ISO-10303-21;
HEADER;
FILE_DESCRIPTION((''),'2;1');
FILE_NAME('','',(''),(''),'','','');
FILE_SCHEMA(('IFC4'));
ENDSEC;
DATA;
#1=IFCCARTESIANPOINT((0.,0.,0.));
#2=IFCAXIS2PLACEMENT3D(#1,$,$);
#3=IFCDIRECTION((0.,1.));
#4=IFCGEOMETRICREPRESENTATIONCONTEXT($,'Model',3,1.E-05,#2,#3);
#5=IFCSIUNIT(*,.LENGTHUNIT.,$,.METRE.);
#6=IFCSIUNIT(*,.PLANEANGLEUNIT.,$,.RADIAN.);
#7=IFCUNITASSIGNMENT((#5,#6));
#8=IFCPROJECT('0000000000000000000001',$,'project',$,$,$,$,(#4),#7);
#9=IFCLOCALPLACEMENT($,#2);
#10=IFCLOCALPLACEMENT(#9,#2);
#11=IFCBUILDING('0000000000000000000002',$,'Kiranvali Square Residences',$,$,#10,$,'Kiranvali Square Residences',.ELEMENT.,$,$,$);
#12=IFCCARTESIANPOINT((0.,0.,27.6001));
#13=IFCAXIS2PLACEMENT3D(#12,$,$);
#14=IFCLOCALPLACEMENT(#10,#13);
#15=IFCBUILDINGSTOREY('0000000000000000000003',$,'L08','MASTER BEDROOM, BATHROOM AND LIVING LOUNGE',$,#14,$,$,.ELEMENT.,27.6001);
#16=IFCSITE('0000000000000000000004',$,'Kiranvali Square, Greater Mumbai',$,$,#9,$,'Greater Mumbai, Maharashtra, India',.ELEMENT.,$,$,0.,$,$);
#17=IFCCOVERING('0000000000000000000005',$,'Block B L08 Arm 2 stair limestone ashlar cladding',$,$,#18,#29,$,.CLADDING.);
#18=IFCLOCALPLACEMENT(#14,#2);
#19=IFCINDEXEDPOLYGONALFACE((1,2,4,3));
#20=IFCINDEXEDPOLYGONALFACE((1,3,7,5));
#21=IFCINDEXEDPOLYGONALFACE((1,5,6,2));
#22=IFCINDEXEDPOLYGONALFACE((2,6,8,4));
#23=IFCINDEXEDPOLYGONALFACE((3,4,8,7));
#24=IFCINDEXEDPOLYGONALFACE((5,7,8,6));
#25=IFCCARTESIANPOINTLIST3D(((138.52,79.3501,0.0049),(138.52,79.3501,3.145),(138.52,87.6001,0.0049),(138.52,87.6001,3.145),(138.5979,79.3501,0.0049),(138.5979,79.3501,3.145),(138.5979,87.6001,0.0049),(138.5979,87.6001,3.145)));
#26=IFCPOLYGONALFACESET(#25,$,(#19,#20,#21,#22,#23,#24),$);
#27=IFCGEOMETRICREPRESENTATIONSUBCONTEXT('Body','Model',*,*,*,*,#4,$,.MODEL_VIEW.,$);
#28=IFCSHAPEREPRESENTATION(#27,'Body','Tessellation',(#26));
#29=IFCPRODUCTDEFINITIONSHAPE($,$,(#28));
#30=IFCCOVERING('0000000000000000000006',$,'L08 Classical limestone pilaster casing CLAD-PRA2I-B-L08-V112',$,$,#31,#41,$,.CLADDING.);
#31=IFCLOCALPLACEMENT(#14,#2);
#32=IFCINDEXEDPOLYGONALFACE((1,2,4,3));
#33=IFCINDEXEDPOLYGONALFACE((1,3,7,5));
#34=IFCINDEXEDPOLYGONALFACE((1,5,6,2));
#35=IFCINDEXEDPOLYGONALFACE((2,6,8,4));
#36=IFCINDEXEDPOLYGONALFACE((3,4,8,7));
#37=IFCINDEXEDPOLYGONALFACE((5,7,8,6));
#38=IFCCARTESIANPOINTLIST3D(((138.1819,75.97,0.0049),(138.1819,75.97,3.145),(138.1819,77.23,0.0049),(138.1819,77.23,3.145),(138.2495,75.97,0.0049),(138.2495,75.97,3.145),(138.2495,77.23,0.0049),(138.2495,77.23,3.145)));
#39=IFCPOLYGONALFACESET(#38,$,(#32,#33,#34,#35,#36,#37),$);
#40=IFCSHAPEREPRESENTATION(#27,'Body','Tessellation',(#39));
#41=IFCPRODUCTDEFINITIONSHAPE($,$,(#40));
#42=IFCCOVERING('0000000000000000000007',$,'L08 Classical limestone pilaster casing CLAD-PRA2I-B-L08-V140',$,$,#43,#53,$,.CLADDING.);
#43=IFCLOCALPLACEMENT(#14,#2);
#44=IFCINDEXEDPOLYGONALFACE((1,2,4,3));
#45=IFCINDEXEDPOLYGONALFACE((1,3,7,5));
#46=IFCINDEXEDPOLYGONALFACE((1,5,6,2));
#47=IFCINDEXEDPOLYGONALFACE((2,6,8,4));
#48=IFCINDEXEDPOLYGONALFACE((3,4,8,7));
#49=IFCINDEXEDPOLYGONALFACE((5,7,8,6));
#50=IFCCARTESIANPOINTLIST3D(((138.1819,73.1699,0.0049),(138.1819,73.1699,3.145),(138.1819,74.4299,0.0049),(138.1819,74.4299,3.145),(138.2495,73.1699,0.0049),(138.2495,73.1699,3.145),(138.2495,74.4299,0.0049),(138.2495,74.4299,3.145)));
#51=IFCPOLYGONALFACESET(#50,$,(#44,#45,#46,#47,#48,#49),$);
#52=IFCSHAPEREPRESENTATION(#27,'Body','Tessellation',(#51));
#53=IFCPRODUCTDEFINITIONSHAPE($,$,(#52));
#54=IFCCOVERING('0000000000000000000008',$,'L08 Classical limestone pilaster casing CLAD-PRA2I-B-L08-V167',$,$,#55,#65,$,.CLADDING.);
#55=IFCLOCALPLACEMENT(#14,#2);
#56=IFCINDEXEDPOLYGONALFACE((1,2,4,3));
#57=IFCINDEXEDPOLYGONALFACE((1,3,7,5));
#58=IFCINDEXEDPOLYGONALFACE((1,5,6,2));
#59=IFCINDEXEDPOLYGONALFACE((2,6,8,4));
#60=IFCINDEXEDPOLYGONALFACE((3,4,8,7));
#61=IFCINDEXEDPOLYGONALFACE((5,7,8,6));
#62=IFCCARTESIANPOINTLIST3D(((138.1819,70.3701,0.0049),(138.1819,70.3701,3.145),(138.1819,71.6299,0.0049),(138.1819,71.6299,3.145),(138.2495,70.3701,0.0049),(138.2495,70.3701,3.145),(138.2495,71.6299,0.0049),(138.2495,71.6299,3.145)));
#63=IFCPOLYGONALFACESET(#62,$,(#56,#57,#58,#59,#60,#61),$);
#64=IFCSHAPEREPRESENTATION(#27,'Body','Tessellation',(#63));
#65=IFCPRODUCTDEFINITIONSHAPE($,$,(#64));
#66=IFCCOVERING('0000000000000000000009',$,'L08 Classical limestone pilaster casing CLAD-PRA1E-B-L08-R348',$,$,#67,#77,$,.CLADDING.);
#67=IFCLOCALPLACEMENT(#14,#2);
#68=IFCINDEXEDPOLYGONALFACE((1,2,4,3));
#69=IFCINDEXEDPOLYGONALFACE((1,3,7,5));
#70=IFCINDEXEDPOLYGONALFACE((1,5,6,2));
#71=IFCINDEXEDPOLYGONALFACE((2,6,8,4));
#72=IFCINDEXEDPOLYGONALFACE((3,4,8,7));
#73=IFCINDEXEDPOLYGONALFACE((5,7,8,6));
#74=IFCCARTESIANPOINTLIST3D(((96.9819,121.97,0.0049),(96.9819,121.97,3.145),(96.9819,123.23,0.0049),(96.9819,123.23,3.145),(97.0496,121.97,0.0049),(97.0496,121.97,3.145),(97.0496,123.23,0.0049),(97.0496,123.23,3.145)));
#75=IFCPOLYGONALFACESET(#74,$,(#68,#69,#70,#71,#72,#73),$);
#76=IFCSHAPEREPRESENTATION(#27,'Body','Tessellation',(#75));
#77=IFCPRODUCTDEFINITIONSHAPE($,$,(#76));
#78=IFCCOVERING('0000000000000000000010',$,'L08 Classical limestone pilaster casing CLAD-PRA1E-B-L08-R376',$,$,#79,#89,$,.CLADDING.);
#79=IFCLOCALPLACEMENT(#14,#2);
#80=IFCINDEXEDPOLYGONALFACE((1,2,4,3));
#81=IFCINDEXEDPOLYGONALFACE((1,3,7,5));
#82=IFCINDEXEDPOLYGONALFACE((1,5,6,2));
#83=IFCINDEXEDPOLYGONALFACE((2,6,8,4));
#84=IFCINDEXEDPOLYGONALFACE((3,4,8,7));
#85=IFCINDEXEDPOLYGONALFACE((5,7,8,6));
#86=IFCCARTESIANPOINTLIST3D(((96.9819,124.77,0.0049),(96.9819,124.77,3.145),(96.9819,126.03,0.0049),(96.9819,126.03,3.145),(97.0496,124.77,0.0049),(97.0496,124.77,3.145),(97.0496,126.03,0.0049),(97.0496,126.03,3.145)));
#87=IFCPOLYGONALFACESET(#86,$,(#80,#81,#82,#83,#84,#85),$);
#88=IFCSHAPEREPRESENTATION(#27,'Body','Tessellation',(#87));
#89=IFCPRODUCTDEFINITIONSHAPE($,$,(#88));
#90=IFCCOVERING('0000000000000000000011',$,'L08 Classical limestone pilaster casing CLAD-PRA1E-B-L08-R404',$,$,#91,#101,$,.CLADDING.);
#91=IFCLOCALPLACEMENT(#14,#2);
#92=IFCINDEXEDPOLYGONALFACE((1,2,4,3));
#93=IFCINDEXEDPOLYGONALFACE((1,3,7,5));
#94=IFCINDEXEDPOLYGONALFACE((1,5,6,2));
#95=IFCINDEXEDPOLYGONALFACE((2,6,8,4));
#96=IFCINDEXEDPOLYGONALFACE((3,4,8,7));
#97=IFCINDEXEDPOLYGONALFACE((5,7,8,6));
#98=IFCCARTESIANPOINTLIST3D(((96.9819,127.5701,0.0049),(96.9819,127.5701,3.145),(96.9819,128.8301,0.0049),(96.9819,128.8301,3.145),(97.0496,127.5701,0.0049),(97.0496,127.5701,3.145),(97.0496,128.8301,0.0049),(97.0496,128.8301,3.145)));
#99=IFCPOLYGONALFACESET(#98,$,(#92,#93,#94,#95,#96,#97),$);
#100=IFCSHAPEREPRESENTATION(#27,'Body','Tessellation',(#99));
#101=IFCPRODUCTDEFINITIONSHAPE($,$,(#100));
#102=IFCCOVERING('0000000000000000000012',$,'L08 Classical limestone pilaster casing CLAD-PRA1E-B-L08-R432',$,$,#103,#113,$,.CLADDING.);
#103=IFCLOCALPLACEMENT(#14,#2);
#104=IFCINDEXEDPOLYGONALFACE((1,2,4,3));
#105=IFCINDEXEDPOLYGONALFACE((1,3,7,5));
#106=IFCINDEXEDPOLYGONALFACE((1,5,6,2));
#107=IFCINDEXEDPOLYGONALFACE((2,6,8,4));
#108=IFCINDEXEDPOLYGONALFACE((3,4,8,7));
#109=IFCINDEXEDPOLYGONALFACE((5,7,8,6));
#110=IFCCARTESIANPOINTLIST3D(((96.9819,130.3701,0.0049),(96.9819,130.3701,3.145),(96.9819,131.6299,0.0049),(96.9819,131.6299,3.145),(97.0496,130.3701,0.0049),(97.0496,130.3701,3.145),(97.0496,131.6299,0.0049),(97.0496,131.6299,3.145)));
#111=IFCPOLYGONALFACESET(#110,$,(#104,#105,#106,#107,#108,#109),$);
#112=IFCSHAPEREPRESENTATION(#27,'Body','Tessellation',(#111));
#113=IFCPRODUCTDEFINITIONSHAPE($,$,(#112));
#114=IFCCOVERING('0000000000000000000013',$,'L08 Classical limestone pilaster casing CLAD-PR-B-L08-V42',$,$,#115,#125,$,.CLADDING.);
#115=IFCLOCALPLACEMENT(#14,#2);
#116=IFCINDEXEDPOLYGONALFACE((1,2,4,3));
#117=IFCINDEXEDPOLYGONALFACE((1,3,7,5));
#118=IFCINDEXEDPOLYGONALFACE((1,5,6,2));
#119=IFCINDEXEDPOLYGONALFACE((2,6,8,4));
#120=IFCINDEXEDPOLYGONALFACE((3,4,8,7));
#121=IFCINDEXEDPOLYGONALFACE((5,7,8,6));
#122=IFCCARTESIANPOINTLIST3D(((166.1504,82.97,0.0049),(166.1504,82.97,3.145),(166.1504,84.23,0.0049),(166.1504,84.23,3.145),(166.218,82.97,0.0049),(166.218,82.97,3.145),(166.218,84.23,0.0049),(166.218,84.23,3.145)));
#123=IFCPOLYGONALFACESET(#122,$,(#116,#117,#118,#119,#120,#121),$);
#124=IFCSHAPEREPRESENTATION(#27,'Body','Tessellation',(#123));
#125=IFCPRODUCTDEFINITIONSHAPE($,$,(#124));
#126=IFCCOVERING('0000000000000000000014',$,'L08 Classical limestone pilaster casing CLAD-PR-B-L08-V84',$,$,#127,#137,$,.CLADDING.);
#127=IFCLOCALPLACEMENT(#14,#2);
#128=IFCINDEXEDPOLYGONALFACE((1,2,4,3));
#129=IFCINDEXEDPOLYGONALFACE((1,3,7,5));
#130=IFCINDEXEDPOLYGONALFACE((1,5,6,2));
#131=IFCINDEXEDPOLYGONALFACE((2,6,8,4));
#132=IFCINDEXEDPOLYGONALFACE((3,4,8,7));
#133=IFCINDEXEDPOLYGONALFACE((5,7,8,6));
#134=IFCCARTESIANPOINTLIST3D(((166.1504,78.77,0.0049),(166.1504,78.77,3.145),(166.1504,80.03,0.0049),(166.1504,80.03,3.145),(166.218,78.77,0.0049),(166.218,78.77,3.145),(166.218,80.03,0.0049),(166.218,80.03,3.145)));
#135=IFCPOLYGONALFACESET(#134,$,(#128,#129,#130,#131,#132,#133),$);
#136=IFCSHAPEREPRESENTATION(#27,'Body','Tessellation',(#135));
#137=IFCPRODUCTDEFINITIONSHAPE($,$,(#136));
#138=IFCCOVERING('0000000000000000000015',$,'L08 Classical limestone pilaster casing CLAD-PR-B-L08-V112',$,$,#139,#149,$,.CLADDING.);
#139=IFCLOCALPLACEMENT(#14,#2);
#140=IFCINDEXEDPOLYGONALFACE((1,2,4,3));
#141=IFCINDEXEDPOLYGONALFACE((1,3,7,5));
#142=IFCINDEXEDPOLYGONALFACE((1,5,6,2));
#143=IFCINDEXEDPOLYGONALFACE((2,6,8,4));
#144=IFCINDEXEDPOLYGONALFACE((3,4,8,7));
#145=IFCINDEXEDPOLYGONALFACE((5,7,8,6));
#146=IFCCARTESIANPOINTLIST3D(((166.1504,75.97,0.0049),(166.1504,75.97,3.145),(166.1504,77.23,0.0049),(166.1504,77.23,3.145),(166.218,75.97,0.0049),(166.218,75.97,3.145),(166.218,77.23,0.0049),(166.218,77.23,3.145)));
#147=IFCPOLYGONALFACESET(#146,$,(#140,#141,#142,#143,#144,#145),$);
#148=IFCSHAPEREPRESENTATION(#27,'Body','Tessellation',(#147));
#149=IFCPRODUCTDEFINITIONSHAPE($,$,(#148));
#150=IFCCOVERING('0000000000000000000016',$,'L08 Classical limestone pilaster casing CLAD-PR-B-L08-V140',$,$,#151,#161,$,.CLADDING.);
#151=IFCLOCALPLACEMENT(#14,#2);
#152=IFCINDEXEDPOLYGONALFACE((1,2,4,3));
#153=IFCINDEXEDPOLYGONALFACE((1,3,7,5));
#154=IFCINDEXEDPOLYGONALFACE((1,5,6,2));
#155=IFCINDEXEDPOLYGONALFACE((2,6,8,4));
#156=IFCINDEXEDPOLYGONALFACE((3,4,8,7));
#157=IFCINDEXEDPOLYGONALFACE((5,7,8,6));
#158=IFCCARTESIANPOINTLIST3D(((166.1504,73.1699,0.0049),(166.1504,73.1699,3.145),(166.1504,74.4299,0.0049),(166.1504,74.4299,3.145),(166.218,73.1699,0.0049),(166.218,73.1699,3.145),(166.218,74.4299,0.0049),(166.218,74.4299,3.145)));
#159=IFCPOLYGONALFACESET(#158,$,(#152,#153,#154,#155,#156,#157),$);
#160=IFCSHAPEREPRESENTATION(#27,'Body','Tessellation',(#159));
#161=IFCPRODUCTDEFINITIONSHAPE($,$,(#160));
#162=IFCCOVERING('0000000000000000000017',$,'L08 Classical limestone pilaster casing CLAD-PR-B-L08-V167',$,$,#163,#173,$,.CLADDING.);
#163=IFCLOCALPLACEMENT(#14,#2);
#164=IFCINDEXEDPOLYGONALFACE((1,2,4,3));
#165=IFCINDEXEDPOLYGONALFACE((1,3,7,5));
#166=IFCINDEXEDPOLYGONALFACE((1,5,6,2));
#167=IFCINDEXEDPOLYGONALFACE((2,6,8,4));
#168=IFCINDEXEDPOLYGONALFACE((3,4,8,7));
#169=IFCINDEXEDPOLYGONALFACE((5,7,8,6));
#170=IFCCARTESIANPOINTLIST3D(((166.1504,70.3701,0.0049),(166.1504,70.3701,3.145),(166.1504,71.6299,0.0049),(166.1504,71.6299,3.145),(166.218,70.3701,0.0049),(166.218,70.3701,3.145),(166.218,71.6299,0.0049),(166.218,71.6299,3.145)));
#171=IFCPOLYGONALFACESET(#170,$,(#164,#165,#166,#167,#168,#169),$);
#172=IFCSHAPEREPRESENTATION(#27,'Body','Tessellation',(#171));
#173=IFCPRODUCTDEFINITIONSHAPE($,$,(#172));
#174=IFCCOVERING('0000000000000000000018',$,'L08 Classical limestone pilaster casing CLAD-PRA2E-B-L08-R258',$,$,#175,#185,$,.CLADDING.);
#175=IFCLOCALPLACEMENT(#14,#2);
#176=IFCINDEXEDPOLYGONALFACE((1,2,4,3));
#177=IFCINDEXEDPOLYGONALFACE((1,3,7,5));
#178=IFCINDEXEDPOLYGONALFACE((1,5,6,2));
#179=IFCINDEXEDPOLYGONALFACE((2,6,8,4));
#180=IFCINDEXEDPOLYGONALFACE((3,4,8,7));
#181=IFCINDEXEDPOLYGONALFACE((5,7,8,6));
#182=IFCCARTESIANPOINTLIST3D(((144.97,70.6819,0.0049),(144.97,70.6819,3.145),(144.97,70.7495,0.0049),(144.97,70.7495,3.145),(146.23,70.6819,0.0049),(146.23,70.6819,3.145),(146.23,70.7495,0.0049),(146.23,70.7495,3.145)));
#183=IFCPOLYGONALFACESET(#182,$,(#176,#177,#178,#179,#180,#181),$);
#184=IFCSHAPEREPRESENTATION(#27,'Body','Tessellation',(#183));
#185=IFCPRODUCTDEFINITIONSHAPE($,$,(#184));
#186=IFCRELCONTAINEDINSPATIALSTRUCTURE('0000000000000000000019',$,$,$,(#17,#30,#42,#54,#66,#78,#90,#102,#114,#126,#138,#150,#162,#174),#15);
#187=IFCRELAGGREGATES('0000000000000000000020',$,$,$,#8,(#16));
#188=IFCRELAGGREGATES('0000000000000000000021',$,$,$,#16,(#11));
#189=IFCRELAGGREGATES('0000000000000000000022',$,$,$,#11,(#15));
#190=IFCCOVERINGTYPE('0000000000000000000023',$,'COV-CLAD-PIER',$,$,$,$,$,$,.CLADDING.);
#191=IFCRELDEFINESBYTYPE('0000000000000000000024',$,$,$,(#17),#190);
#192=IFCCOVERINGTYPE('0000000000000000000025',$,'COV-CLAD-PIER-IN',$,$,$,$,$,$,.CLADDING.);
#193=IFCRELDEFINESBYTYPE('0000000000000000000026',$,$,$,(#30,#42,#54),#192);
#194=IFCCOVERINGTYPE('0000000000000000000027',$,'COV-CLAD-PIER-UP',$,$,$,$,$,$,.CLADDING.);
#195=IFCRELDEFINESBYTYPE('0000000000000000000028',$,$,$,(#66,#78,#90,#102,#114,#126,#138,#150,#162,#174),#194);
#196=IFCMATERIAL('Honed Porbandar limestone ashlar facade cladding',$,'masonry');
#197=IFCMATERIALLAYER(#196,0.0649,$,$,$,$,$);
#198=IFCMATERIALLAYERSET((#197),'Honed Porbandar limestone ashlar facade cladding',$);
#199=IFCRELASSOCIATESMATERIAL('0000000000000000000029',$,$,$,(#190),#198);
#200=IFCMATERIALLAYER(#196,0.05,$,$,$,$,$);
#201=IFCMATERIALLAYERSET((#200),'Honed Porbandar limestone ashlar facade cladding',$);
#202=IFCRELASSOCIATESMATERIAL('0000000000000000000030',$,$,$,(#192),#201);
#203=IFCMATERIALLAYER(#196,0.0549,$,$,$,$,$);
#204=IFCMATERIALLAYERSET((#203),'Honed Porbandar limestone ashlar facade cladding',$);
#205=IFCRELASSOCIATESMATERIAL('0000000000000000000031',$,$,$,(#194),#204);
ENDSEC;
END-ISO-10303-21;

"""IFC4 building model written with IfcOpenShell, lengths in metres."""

from ifc_helpers import new_model, si_unit, direction, frame, origin, place, context, subcontext, project, spatial, polyline, outline, extrude, material, layer, layer_set, type_object, element, save


model = new_model("IFC4")

# Units and contexts
model_context = context("Model", 3, precision=1e-05, world=origin(), true_north=direction((0.0, 1.0)))
body_context = subcontext(model_context, "Body", "Model", "MODEL_VIEW")
ifc_project = project(units=[si_unit("LENGTHUNIT", "METRE"), si_unit("PLANEANGLEUNIT", "RADIAN")], contexts=[model_context])

# Site, building, storey
site_placement = place(None, origin())
site = spatial("IfcSite", under=ifc_project, at=site_placement, Name="Kiranvali Square, Greater Mumbai", LongName="Greater Mumbai, Maharashtra, India", CompositionType="ELEMENT", RefElevation=0.0)
building_placement = place(site_placement, origin())
building = spatial("IfcBuilding", under=site, at=building_placement, Name="Kiranvali Square Residences", LongName="Kiranvali Square Residences", CompositionType="ELEMENT")
storey_placement = place(building_placement, frame((0.0, 0.0, 27.6001)))
storey = spatial("IfcBuildingStorey", under=building, at=storey_placement, Name="L08", Description="MASTER BEDROOM, BATHROOM AND LIVING LOUNGE", CompositionType="ELEMENT", Elevation=27.6001)

# Coverings
ifc_material = material(Name="Honed Porbandar limestone ashlar facade cladding", Category="masonry")
ifc_layer_1 = layer(ifc_material, 0.0649)
ifc_layer_set_1 = layer_set([ifc_layer_1], Name="Honed Porbandar limestone ashlar facade cladding")
covering_type_1 = type_object("IfcCoveringType", Name="COV-CLAD-PIER", PredefinedType="CLADDING", material=ifc_layer_set_1)
covering_1_placement = place(storey_placement, frame((0.0, 0.0, 0.0049)))
element("IfcCovering", 1, at=covering_1_placement, inside=storey, type_object=covering_type_1, Name="Block B L08 Arm 2 stair limestone ashlar cladding", PredefinedType="CLADDING", context=body_context, shape_type="SweptSolid", body=[
    extrude(outline(polyline([(138.52, 87.6001), (138.52, 79.3501), (138.5979, 79.3501), (138.5979, 87.6001), (138.52, 87.6001)])), origin(), (0.0, 0.0, 1.0), 3.1401),
])
ifc_layer_2 = layer(ifc_material, 0.05)
ifc_layer_set_2 = layer_set([ifc_layer_2], Name="Honed Porbandar limestone ashlar facade cladding")
covering_type_2 = type_object("IfcCoveringType", Name="COV-CLAD-PIER-IN", PredefinedType="CLADDING", material=ifc_layer_set_2)
covering_2_placement = place(storey_placement, frame((0.0, 0.0, 0.0049)))
element("IfcCovering", 2, at=covering_2_placement, inside=storey, type_object=covering_type_2, Name="L08 Classical limestone pilaster casing CLAD-PRA2I-B-L08-V112", PredefinedType="CLADDING", context=body_context, shape_type="SweptSolid", body=[
    extrude(outline(polyline([(138.1819, 77.23), (138.1819, 75.97), (138.2495, 75.97), (138.2495, 77.23), (138.1819, 77.23)])), origin(), (0.0, 0.0, 1.0), 3.1401),
])
covering_3_placement = place(storey_placement, frame((0.0, 0.0, 0.0049)))
element("IfcCovering", 3, at=covering_3_placement, inside=storey, type_object=covering_type_2, Name="L08 Classical limestone pilaster casing CLAD-PRA2I-B-L08-V140", PredefinedType="CLADDING", context=body_context, shape_type="SweptSolid", body=[
    extrude(outline(polyline([(138.1819, 74.4299), (138.1819, 73.1699), (138.2495, 73.1699), (138.2495, 74.4299), (138.1819, 74.4299)])), origin(), (0.0, 0.0, 1.0), 3.1401),
])
covering_4_placement = place(storey_placement, frame((0.0, 0.0, 0.0049)))
element("IfcCovering", 4, at=covering_4_placement, inside=storey, type_object=covering_type_2, Name="L08 Classical limestone pilaster casing CLAD-PRA2I-B-L08-V167", PredefinedType="CLADDING", context=body_context, shape_type="SweptSolid", body=[
    extrude(outline(polyline([(138.1819, 71.6299), (138.1819, 70.3701), (138.2495, 70.3701), (138.2495, 71.6299), (138.1819, 71.6299)])), origin(), (0.0, 0.0, 1.0), 3.1401),
])
ifc_layer_3 = layer(ifc_material, 0.0549)
ifc_layer_set_3 = layer_set([ifc_layer_3], Name="Honed Porbandar limestone ashlar facade cladding")
covering_type_3 = type_object("IfcCoveringType", Name="COV-CLAD-PIER-UP", PredefinedType="CLADDING", material=ifc_layer_set_3)
covering_5_placement = place(storey_placement, frame((0.0, 0.0, 0.0049)))
element("IfcCovering", 5, at=covering_5_placement, inside=storey, type_object=covering_type_3, Name="L08 Classical limestone pilaster casing CLAD-PRA1E-B-L08-R348", PredefinedType="CLADDING", context=body_context, shape_type="SweptSolid", body=[
    extrude(outline(polyline([(97.0496, 121.97), (97.0496, 123.23), (96.9819, 123.23), (96.9819, 121.97), (97.0496, 121.97)])), origin(), (0.0, 0.0, 1.0), 3.1401),
])
covering_6_placement = place(storey_placement, frame((0.0, 0.0, 0.0049)))
element("IfcCovering", 6, at=covering_6_placement, inside=storey, type_object=covering_type_3, Name="L08 Classical limestone pilaster casing CLAD-PRA1E-B-L08-R376", PredefinedType="CLADDING", context=body_context, shape_type="SweptSolid", body=[
    extrude(outline(polyline([(97.0496, 124.77), (97.0496, 126.03), (96.9819, 126.03), (96.9819, 124.77), (97.0496, 124.77)])), origin(), (0.0, 0.0, 1.0), 3.1401),
])
covering_7_placement = place(storey_placement, frame((0.0, 0.0, 0.0049)))
element("IfcCovering", 7, at=covering_7_placement, inside=storey, type_object=covering_type_3, Name="L08 Classical limestone pilaster casing CLAD-PRA1E-B-L08-R404", PredefinedType="CLADDING", context=body_context, shape_type="SweptSolid", body=[
    extrude(outline(polyline([(97.0496, 127.5701), (97.0496, 128.8301), (96.9819, 128.8301), (96.9819, 127.5701), (97.0496, 127.5701)])), origin(), (0.0, 0.0, 1.0), 3.1401),
])
covering_8_placement = place(storey_placement, frame((0.0, 0.0, 0.0049)))
element("IfcCovering", 8, at=covering_8_placement, inside=storey, type_object=covering_type_3, Name="L08 Classical limestone pilaster casing CLAD-PRA1E-B-L08-R432", PredefinedType="CLADDING", context=body_context, shape_type="SweptSolid", body=[
    extrude(outline(polyline([(97.0496, 130.3701), (97.0496, 131.6299), (96.9819, 131.6299), (96.9819, 130.3701), (97.0496, 130.3701)])), origin(), (0.0, 0.0, 1.0), 3.1401),
])
covering_9_placement = place(storey_placement, frame((0.0, 0.0, 0.0049)))
element("IfcCovering", 9, at=covering_9_placement, inside=storey, type_object=covering_type_3, Name="L08 Classical limestone pilaster casing CLAD-PR-B-L08-V42", PredefinedType="CLADDING", context=body_context, shape_type="SweptSolid", body=[
    extrude(outline(polyline([(166.1504, 84.23), (166.1504, 82.97), (166.218, 82.97), (166.218, 84.23), (166.1504, 84.23)])), origin(), (0.0, 0.0, 1.0), 3.1401),
])
covering_10_placement = place(storey_placement, frame((0.0, 0.0, 0.0049)))
element("IfcCovering", 10, at=covering_10_placement, inside=storey, type_object=covering_type_3, Name="L08 Classical limestone pilaster casing CLAD-PR-B-L08-V84", PredefinedType="CLADDING", context=body_context, shape_type="SweptSolid", body=[
    extrude(outline(polyline([(166.1504, 80.03), (166.1504, 78.77), (166.218, 78.77), (166.218, 80.03), (166.1504, 80.03)])), origin(), (0.0, 0.0, 1.0), 3.1401),
])
covering_11_placement = place(storey_placement, frame((0.0, 0.0, 0.0049)))
element("IfcCovering", 11, at=covering_11_placement, inside=storey, type_object=covering_type_3, Name="L08 Classical limestone pilaster casing CLAD-PR-B-L08-V112", PredefinedType="CLADDING", context=body_context, shape_type="SweptSolid", body=[
    extrude(outline(polyline([(166.1504, 77.23), (166.1504, 75.97), (166.218, 75.97), (166.218, 77.23), (166.1504, 77.23)])), origin(), (0.0, 0.0, 1.0), 3.1401),
])
covering_12_placement = place(storey_placement, frame((0.0, 0.0, 0.0049)))
element("IfcCovering", 12, at=covering_12_placement, inside=storey, type_object=covering_type_3, Name="L08 Classical limestone pilaster casing CLAD-PR-B-L08-V140", PredefinedType="CLADDING", context=body_context, shape_type="SweptSolid", body=[
    extrude(outline(polyline([(166.1504, 74.4299), (166.1504, 73.1699), (166.218, 73.1699), (166.218, 74.4299), (166.1504, 74.4299)])), origin(), (0.0, 0.0, 1.0), 3.1401),
])
covering_13_placement = place(storey_placement, frame((0.0, 0.0, 0.0049)))
element("IfcCovering", 13, at=covering_13_placement, inside=storey, type_object=covering_type_3, Name="L08 Classical limestone pilaster casing CLAD-PR-B-L08-V167", PredefinedType="CLADDING", context=body_context, shape_type="SweptSolid", body=[
    extrude(outline(polyline([(166.1504, 71.6299), (166.1504, 70.3701), (166.218, 70.3701), (166.218, 71.6299), (166.1504, 71.6299)])), origin(), (0.0, 0.0, 1.0), 3.1401),
])
covering_14_placement = place(storey_placement, frame((0.0, 0.0, 0.0049)))
element("IfcCovering", 14, at=covering_14_placement, inside=storey, type_object=covering_type_3, Name="L08 Classical limestone pilaster casing CLAD-PRA2E-B-L08-R258", PredefinedType="CLADDING", context=body_context, shape_type="SweptSolid", body=[
    extrude(outline(polyline([(144.97, 70.6819), (146.23, 70.6819), (146.23, 70.7495), (144.97, 70.7495), (144.97, 70.6819)])), origin(), (0.0, 0.0, 1.0), 3.1401),
])

save(model, "model.ifc")
